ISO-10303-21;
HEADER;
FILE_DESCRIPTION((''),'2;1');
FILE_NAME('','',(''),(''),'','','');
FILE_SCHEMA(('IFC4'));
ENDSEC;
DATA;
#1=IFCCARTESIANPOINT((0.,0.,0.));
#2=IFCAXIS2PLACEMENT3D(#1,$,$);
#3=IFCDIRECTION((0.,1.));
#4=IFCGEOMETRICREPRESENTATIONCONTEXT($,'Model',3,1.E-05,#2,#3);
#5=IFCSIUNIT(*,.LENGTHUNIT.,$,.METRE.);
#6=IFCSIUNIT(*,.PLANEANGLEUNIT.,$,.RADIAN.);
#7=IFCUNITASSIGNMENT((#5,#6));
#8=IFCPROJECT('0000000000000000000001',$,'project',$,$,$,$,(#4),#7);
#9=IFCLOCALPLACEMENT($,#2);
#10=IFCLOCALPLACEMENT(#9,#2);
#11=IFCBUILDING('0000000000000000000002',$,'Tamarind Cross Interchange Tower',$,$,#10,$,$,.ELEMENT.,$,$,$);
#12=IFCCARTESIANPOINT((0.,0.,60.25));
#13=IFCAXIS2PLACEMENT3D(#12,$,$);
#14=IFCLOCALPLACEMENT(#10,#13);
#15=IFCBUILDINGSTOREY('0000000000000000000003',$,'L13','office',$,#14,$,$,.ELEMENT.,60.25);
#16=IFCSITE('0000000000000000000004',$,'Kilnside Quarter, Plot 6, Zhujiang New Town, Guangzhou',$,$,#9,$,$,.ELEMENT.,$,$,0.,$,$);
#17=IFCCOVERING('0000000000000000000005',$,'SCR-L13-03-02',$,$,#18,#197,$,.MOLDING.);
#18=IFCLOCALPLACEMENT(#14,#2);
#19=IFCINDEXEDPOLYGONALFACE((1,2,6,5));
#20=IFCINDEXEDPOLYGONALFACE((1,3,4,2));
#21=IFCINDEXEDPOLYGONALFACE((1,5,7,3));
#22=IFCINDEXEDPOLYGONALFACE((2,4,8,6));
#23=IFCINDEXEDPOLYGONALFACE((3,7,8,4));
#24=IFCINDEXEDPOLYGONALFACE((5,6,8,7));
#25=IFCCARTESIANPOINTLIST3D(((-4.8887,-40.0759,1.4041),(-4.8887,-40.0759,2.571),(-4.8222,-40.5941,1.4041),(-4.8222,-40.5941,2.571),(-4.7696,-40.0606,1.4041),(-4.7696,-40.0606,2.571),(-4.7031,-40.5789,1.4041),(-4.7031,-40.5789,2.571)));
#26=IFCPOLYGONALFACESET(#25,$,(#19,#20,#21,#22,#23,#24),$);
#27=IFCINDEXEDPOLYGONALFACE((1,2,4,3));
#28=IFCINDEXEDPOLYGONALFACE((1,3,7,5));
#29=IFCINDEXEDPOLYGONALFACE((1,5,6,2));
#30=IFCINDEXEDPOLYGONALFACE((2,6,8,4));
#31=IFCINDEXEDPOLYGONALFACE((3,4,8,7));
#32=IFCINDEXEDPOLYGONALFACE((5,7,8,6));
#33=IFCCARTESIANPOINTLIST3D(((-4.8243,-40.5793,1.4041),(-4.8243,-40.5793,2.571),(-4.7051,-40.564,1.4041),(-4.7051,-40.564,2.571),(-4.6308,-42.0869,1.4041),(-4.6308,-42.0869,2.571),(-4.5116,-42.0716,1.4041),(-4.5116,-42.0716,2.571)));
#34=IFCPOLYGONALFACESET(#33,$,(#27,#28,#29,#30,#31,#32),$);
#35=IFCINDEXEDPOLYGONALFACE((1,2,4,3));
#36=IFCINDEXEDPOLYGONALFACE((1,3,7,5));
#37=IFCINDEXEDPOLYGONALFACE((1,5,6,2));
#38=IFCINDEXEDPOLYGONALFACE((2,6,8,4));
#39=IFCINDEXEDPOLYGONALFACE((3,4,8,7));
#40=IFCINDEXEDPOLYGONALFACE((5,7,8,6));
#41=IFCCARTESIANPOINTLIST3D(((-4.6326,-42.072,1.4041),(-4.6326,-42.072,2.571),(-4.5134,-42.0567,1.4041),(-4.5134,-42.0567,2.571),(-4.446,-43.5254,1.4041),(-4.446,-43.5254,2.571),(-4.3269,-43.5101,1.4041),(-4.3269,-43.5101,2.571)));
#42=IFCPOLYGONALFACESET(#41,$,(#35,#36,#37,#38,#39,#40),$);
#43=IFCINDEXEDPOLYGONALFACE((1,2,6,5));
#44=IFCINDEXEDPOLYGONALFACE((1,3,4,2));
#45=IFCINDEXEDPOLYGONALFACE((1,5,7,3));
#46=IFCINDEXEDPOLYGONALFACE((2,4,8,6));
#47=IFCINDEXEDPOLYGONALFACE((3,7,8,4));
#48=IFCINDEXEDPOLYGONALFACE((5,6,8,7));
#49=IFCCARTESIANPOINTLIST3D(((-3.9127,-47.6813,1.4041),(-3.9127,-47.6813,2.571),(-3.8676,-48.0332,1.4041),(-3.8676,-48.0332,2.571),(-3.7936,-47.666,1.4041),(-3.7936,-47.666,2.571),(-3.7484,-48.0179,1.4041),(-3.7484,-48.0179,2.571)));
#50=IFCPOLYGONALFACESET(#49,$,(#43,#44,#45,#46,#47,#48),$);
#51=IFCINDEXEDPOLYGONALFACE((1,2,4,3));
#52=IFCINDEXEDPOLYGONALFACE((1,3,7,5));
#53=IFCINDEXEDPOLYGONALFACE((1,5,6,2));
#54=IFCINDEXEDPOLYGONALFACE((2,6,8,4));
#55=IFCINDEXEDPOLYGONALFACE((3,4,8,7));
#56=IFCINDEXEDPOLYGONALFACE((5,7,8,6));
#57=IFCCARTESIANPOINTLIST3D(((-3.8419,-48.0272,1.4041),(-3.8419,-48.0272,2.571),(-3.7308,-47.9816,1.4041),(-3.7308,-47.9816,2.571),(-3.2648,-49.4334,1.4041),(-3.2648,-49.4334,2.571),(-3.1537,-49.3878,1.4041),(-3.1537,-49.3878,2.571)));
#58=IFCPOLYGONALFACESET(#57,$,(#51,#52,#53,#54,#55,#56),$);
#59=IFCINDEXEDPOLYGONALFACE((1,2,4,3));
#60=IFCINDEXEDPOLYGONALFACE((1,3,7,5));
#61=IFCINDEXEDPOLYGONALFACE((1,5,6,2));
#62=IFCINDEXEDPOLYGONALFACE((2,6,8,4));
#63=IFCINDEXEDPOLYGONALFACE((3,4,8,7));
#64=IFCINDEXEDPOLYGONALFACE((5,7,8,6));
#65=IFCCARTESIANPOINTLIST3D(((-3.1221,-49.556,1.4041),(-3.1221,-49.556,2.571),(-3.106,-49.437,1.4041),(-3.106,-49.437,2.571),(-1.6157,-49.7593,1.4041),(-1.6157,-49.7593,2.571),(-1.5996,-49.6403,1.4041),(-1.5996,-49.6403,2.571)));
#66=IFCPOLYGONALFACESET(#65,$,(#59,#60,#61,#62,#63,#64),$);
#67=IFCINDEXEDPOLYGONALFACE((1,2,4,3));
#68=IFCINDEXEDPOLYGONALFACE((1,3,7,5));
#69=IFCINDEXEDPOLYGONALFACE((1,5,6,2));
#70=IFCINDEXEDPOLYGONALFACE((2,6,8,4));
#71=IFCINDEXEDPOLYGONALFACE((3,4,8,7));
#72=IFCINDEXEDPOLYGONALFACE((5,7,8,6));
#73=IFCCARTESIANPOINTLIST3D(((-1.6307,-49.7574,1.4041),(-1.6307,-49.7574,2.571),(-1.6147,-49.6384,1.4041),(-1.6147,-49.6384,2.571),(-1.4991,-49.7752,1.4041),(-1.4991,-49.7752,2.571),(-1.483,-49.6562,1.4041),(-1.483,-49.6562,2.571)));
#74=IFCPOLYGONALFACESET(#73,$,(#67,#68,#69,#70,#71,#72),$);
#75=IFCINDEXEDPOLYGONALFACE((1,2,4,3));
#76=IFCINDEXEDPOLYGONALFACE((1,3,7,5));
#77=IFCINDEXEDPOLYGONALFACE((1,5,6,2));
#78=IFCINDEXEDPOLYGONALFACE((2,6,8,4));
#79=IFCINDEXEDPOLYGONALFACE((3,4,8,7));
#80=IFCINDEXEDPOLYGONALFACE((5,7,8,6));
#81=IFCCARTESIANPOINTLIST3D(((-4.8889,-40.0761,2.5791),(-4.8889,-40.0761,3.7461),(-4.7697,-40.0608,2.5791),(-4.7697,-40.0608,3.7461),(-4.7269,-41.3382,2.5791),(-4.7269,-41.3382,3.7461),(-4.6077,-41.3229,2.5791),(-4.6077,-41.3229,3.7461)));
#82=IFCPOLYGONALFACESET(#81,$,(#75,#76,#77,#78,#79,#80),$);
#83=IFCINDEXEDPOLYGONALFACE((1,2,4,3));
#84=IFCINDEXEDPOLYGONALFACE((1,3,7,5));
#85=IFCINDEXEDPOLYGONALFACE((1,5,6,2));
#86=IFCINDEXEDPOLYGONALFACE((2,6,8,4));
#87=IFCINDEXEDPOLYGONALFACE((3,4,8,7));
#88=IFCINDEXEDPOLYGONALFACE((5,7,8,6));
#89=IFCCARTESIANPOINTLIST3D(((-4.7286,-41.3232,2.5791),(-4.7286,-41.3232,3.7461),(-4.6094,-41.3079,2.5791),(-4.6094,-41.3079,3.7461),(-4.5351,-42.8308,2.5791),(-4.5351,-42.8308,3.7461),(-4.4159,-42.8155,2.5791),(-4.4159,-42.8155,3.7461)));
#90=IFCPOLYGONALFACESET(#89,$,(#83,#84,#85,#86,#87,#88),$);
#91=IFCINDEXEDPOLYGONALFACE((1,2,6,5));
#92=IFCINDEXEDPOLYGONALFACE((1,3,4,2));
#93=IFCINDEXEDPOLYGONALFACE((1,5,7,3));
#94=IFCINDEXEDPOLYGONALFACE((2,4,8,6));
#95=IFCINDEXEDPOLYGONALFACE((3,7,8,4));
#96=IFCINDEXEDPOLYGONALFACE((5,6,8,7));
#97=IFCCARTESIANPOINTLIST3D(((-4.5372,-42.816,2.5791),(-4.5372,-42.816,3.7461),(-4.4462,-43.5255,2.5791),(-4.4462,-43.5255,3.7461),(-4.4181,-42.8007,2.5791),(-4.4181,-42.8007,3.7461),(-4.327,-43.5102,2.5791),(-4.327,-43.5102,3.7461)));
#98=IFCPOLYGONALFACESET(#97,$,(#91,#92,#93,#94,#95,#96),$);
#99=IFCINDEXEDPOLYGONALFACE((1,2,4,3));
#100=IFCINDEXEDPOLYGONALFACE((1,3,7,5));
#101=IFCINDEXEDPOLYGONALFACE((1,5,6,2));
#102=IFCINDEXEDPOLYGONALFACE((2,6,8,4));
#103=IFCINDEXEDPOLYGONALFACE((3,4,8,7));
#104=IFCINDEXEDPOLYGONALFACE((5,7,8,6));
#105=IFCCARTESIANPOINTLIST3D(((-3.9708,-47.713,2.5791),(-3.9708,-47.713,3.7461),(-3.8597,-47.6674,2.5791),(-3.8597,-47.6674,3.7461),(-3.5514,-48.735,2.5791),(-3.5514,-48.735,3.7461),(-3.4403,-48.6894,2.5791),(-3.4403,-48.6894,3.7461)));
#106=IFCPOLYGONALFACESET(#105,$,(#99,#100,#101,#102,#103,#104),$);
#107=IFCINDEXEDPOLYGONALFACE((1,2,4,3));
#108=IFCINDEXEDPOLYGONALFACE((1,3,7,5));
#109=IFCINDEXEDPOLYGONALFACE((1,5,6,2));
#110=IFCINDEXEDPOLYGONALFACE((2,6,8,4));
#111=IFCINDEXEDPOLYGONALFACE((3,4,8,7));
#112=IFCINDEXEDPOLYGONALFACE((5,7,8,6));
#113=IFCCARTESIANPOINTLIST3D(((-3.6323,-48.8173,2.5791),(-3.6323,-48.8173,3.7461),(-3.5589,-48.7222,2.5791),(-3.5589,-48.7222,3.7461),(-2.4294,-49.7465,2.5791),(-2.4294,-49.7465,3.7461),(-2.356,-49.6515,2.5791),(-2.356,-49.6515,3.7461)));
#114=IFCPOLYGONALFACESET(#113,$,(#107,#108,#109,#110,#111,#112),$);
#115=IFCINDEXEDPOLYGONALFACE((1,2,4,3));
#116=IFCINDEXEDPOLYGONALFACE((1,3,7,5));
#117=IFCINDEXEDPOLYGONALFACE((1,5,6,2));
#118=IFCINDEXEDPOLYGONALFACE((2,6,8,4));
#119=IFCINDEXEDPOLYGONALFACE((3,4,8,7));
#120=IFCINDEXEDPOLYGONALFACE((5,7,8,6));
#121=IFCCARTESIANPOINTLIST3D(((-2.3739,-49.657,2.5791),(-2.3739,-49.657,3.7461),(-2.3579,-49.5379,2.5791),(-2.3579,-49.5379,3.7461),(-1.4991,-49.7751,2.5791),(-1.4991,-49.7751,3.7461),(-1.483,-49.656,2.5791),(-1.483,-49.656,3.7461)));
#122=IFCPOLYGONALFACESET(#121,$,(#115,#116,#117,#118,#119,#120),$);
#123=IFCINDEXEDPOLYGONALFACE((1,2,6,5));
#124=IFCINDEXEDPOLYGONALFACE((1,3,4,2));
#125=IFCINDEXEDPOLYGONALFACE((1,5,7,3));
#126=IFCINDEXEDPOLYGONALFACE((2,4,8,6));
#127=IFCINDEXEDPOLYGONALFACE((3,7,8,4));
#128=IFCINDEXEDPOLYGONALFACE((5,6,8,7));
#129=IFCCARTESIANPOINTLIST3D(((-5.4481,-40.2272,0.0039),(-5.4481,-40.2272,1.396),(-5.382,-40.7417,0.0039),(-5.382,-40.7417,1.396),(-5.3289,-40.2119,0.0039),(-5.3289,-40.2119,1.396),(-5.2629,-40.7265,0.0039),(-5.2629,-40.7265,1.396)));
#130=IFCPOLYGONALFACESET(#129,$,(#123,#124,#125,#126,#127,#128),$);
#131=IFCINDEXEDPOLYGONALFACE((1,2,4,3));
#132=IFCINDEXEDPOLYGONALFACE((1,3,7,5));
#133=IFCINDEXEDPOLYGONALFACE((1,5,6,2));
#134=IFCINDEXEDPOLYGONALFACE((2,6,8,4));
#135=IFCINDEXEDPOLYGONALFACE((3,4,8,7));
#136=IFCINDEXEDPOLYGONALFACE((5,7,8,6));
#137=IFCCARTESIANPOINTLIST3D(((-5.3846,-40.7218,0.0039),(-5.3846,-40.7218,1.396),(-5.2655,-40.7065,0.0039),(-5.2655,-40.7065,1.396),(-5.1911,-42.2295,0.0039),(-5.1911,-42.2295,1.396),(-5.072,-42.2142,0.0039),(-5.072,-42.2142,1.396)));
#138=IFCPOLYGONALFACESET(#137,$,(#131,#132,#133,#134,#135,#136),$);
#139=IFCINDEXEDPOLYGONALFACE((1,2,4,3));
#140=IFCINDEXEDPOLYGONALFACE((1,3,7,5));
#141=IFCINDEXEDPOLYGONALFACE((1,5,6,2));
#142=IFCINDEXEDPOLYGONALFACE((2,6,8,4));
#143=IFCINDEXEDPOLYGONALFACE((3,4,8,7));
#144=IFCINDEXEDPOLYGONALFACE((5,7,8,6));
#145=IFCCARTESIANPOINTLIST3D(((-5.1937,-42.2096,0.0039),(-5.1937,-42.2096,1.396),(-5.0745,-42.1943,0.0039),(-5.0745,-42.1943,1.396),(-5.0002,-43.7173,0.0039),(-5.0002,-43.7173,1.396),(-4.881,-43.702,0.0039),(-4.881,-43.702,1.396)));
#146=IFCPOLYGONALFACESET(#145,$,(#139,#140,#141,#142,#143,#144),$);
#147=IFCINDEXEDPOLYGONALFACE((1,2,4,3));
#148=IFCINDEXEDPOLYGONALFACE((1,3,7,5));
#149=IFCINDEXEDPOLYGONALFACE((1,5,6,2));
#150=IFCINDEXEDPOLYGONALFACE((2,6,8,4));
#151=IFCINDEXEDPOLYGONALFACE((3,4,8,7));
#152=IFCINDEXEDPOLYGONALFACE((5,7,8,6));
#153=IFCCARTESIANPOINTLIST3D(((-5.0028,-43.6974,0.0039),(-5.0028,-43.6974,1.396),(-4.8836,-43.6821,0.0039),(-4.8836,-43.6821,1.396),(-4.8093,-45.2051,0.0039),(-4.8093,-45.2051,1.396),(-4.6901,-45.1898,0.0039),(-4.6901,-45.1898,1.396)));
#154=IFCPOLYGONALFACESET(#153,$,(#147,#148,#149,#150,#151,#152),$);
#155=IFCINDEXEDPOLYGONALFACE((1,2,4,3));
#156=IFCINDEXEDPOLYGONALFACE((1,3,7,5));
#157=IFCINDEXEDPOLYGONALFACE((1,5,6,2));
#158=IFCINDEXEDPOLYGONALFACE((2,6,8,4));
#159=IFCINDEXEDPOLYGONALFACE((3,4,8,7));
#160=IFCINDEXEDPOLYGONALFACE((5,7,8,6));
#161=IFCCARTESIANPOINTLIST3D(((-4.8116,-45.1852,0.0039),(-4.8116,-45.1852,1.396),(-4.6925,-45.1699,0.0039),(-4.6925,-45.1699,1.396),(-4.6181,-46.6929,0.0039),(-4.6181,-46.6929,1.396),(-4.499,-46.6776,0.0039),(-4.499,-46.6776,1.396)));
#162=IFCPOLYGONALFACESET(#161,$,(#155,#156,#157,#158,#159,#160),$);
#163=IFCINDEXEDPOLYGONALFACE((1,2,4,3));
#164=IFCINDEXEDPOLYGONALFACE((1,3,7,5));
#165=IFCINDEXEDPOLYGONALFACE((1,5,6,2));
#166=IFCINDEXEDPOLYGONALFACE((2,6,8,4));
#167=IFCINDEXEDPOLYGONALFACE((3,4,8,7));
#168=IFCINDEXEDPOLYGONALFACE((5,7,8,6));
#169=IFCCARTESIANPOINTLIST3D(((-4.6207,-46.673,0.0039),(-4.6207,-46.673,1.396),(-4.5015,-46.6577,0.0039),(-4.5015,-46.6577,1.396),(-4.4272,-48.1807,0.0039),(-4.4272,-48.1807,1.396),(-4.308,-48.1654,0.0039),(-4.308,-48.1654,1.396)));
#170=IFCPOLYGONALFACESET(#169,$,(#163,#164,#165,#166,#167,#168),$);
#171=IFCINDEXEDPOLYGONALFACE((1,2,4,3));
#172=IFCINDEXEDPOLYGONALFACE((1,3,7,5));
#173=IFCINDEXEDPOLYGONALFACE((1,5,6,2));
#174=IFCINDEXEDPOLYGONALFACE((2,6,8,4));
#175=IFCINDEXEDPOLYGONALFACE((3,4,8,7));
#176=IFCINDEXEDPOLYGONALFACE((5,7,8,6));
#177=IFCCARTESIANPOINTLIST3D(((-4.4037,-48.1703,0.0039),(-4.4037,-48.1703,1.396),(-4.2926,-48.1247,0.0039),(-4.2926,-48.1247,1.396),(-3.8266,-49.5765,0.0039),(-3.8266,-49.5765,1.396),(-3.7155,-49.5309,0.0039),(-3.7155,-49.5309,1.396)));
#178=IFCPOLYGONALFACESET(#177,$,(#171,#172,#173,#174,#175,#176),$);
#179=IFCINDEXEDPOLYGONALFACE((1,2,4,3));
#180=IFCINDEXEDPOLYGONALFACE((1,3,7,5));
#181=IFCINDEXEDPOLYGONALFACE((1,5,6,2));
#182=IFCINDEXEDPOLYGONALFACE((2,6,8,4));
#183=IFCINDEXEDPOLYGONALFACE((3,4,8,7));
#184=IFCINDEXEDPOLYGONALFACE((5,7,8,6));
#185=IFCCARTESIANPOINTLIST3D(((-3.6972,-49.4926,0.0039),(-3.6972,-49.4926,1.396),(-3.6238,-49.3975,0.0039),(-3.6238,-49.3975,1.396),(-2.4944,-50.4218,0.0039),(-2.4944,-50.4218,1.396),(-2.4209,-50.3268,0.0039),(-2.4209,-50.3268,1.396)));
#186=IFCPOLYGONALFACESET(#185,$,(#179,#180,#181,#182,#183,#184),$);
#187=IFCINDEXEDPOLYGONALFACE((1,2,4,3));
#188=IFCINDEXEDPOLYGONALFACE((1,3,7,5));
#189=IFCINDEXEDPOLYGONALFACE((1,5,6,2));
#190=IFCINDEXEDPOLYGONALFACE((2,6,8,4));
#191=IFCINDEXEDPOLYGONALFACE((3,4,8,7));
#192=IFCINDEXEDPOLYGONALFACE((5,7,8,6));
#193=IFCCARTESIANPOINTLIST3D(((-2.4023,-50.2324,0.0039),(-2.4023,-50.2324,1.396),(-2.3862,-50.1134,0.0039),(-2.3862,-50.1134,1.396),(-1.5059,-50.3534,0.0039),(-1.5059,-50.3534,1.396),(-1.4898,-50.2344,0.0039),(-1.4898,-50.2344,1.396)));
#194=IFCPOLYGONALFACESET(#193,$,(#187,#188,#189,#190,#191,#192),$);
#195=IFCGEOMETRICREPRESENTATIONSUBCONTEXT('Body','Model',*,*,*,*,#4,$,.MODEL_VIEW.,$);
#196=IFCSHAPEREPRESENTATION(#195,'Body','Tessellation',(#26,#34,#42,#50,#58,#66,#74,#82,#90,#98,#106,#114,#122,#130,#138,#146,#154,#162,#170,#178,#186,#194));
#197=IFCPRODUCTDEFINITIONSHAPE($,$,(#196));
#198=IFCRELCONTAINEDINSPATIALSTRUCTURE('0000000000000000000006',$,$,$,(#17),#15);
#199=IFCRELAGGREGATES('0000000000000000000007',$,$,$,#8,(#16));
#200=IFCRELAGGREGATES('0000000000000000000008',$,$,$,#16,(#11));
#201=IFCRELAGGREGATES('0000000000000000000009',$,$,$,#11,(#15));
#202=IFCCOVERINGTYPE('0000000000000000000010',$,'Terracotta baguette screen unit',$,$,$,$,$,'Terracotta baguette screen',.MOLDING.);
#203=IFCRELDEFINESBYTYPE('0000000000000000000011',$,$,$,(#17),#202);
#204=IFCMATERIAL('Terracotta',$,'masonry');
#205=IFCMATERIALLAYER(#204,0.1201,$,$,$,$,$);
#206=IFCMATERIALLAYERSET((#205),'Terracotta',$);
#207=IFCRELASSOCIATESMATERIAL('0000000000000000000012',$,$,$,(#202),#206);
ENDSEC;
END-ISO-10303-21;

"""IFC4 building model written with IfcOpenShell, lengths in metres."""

from ifc_helpers import new_model, si_unit, direction, frame, origin, origin_2d, place, context, subcontext, project, spatial, rectangle, extrude, material, layer, layer_set, type_object, element, save


model = new_model("IFC4")

# Units and contexts
model_context = context("Model", 3, precision=1e-05, world=origin(), true_north=direction((0.0, 1.0)))
body_context = subcontext(model_context, "Body", "Model", "MODEL_VIEW")
ifc_project = project(units=[si_unit("LENGTHUNIT", "METRE"), si_unit("PLANEANGLEUNIT", "RADIAN")], contexts=[model_context])

# Site, building, storey
site_placement = place(None, origin())
site = spatial("IfcSite", under=ifc_project, at=site_placement, Name="Kilnside Quarter, Plot 6, Zhujiang New Town, Guangzhou", CompositionType="ELEMENT", RefElevation=0.0)
building_placement = place(site_placement, origin())
building = spatial("IfcBuilding", under=site, at=building_placement, Name="Tamarind Cross Interchange Tower", CompositionType="ELEMENT")
storey_placement = place(building_placement, frame((0.0, 0.0, 60.25)))
storey = spatial("IfcBuildingStorey", under=building, at=storey_placement, Name="L13", Description="office", CompositionType="ELEMENT", Elevation=60.25)

# Covering
ifc_material_1 = material(Name="Terracotta", Category="masonry")
ifc_layer_1 = layer(ifc_material_1, 0.1201)
ifc_layer_set_1 = layer_set([ifc_layer_1], Name="Terracotta")
covering_type = type_object("IfcCoveringType", Name="Terracotta baguette screen unit", ElementType="Terracotta baguette screen", PredefinedType="MOLDING", material=ifc_layer_set_1)
covering_1_placement = place(storey_placement, origin())
element("IfcCovering", 1, at=covering_1_placement, inside=storey, type_object=covering_type, Name="SCR-L13-03-02", PredefinedType="MOLDING", context=body_context, shape_type="SweptSolid", body=[
    extrude(rectangle(XDim=0.5225, YDim=0.1201, at=origin_2d()), frame((-4.7959, -40.3274, 1.4041), z_axis=(0.0, 0.0, 1.0), x_axis=(0.1273, -0.991864, 0.0)), (0.0, 0.0, 1.0), 1.167),
    extrude(rectangle(XDim=1.52, YDim=0.1201, at=origin_2d()), frame((-4.668, -41.3254, 1.4041), z_axis=(0.0, 0.0, 1.0), x_axis=(0.1273, -0.991864, 0.0)), (0.0, 0.0, 1.0), 1.167),
    extrude(rectangle(XDim=1.4653, YDim=0.1201, at=origin_2d()), frame((-4.4797, -42.791, 1.4041), z_axis=(0.0, 0.0, 1.0), x_axis=(0.1273, -0.991864, 0.0)), (0.0, 0.0, 1.0), 1.167),
    extrude(rectangle(XDim=0.3547, YDim=0.1201, at=origin_2d()), frame((-3.8306, -47.8496, 1.4041), z_axis=(0.0, 0.0, 1.0), x_axis=(0.1273, -0.991864, 0.0)), (0.0, 0.0, 1.0), 1.167),
    extrude(rectangle(XDim=1.52, YDim=0.1201, at=origin_2d()), frame((-3.4978, -48.7075, 1.4041), z_axis=(0.0, 0.0, 1.0), x_axis=(0.379676, -0.92512, 0.0)), (0.0, 0.0, 1.0), 1.167),
    extrude(rectangle(XDim=1.52, YDim=0.1201, at=origin_2d()), frame((-2.3608, -49.5981, 1.4041), z_axis=(0.0, 0.0, 1.0), x_axis=(0.991015, -0.133751, 0.0)), (0.0, 0.0, 1.0), 1.167),
    extrude(rectangle(XDim=0.1328, YDim=0.1201, at=origin_2d()), frame((-1.5569, -49.7068, 1.4041), z_axis=(0.0, 0.0, 1.0), x_axis=(0.991015, -0.133751, 0.0)), (0.0, 0.0, 1.0), 1.167),
    extrude(rectangle(XDim=1.2725, YDim=0.1201, at=origin_2d()), frame((-4.7483, -40.6995, 2.5791), z_axis=(0.0, 0.0, 1.0), x_axis=(0.1273, -0.991864, 0.0)), (0.0, 0.0, 1.0), 1.167),
    extrude(rectangle(XDim=1.52, YDim=0.1201, at=origin_2d()), frame((-4.5723, -42.0693, 2.5791), z_axis=(0.0, 0.0, 1.0), x_axis=(0.1273, -0.991864, 0.0)), (0.0, 0.0, 1.0), 1.167),
    extrude(rectangle(XDim=0.7153, YDim=0.1201, at=origin_2d()), frame((-4.4321, -43.1631, 2.5791), z_axis=(0.0, 0.0, 1.0), x_axis=(0.1273, -0.991864, 0.0)), (0.0, 0.0, 1.0), 1.167),
    extrude(rectangle(XDim=1.1047, YDim=0.1201, at=origin_2d()), frame((-3.7056, -48.2012, 2.5791), z_axis=(0.0, 0.0, 1.0), x_axis=(0.379676, -0.92512, 0.0)), (0.0, 0.0, 1.0), 1.167),
    extrude(rectangle(XDim=1.52, YDim=0.1201, at=origin_2d()), frame((-2.9941, -49.2344, 2.5791), z_axis=(0.0, 0.0, 1.0), x_axis=(0.791369, -0.611339, 0.0)), (0.0, 0.0, 1.0), 1.167),
    extrude(rectangle(XDim=0.8828, YDim=0.1201, at=origin_2d()), frame((-1.9285, -49.6565, 2.5791), z_axis=(0.0, 0.0, 1.0), x_axis=(0.991015, -0.133751, 0.0)), (0.0, 0.0, 1.0), 1.167),
    extrude(rectangle(XDim=0.5188, YDim=0.1201, at=origin_2d()), frame((-5.3555, -40.4768, 0.0039), z_axis=(0.0, 0.0, 1.0), x_axis=(0.1273, -0.991864, 0.0)), (0.0, 0.0, 1.0), 1.3921),
    extrude(rectangle(XDim=1.52, YDim=0.1201, at=origin_2d()), frame((-5.2283, -41.468, 0.0039), z_axis=(0.0, 0.0, 1.0), x_axis=(0.1273, -0.991864, 0.0)), (0.0, 0.0, 1.0), 1.3921),
    extrude(rectangle(XDim=1.52, YDim=0.1201, at=origin_2d()), frame((-5.0374, -42.9558, 0.0039), z_axis=(0.0, 0.0, 1.0), x_axis=(0.1273, -0.991864, 0.0)), (0.0, 0.0, 1.0), 1.3921),
    extrude(rectangle(XDim=1.52, YDim=0.1201, at=origin_2d()), frame((-4.8464, -44.4436, 0.0039), z_axis=(0.0, 0.0, 1.0), x_axis=(0.1273, -0.991864, 0.0)), (0.0, 0.0, 1.0), 1.3921),
    extrude(rectangle(XDim=1.52, YDim=0.1201, at=origin_2d()), frame((-4.6553, -45.9314, 0.0039), z_axis=(0.0, 0.0, 1.0), x_axis=(0.1273, -0.991864, 0.0)), (0.0, 0.0, 1.0), 1.3921),
    extrude(rectangle(XDim=1.52, YDim=0.1201, at=origin_2d()), frame((-4.4644, -47.4192, 0.0039), z_axis=(0.0, 0.0, 1.0), x_axis=(0.1273, -0.991864, 0.0)), (0.0, 0.0, 1.0), 1.3921),
    extrude(rectangle(XDim=1.52, YDim=0.1201, at=origin_2d()), frame((-4.0596, -48.8506, 0.0039), z_axis=(0.0, 0.0, 1.0), x_axis=(0.379676, -0.92512, 0.0)), (0.0, 0.0, 1.0), 1.3921),
    extrude(rectangle(XDim=1.52, YDim=0.1201, at=origin_2d()), frame((-3.0591, -49.9097, 0.0039), z_axis=(0.0, 0.0, 1.0), x_axis=(0.791369, -0.611339, 0.0)), (0.0, 0.0, 1.0), 1.3921),
    extrude(rectangle(XDim=0.9045, YDim=0.1201, at=origin_2d()), frame((-1.946, -50.2334, 0.0039), z_axis=(0.0, 0.0, 1.0), x_axis=(0.991015, -0.133751, 0.0)), (0.0, 0.0, 1.0), 1.3921),
])

save(model, "model.ifc")
